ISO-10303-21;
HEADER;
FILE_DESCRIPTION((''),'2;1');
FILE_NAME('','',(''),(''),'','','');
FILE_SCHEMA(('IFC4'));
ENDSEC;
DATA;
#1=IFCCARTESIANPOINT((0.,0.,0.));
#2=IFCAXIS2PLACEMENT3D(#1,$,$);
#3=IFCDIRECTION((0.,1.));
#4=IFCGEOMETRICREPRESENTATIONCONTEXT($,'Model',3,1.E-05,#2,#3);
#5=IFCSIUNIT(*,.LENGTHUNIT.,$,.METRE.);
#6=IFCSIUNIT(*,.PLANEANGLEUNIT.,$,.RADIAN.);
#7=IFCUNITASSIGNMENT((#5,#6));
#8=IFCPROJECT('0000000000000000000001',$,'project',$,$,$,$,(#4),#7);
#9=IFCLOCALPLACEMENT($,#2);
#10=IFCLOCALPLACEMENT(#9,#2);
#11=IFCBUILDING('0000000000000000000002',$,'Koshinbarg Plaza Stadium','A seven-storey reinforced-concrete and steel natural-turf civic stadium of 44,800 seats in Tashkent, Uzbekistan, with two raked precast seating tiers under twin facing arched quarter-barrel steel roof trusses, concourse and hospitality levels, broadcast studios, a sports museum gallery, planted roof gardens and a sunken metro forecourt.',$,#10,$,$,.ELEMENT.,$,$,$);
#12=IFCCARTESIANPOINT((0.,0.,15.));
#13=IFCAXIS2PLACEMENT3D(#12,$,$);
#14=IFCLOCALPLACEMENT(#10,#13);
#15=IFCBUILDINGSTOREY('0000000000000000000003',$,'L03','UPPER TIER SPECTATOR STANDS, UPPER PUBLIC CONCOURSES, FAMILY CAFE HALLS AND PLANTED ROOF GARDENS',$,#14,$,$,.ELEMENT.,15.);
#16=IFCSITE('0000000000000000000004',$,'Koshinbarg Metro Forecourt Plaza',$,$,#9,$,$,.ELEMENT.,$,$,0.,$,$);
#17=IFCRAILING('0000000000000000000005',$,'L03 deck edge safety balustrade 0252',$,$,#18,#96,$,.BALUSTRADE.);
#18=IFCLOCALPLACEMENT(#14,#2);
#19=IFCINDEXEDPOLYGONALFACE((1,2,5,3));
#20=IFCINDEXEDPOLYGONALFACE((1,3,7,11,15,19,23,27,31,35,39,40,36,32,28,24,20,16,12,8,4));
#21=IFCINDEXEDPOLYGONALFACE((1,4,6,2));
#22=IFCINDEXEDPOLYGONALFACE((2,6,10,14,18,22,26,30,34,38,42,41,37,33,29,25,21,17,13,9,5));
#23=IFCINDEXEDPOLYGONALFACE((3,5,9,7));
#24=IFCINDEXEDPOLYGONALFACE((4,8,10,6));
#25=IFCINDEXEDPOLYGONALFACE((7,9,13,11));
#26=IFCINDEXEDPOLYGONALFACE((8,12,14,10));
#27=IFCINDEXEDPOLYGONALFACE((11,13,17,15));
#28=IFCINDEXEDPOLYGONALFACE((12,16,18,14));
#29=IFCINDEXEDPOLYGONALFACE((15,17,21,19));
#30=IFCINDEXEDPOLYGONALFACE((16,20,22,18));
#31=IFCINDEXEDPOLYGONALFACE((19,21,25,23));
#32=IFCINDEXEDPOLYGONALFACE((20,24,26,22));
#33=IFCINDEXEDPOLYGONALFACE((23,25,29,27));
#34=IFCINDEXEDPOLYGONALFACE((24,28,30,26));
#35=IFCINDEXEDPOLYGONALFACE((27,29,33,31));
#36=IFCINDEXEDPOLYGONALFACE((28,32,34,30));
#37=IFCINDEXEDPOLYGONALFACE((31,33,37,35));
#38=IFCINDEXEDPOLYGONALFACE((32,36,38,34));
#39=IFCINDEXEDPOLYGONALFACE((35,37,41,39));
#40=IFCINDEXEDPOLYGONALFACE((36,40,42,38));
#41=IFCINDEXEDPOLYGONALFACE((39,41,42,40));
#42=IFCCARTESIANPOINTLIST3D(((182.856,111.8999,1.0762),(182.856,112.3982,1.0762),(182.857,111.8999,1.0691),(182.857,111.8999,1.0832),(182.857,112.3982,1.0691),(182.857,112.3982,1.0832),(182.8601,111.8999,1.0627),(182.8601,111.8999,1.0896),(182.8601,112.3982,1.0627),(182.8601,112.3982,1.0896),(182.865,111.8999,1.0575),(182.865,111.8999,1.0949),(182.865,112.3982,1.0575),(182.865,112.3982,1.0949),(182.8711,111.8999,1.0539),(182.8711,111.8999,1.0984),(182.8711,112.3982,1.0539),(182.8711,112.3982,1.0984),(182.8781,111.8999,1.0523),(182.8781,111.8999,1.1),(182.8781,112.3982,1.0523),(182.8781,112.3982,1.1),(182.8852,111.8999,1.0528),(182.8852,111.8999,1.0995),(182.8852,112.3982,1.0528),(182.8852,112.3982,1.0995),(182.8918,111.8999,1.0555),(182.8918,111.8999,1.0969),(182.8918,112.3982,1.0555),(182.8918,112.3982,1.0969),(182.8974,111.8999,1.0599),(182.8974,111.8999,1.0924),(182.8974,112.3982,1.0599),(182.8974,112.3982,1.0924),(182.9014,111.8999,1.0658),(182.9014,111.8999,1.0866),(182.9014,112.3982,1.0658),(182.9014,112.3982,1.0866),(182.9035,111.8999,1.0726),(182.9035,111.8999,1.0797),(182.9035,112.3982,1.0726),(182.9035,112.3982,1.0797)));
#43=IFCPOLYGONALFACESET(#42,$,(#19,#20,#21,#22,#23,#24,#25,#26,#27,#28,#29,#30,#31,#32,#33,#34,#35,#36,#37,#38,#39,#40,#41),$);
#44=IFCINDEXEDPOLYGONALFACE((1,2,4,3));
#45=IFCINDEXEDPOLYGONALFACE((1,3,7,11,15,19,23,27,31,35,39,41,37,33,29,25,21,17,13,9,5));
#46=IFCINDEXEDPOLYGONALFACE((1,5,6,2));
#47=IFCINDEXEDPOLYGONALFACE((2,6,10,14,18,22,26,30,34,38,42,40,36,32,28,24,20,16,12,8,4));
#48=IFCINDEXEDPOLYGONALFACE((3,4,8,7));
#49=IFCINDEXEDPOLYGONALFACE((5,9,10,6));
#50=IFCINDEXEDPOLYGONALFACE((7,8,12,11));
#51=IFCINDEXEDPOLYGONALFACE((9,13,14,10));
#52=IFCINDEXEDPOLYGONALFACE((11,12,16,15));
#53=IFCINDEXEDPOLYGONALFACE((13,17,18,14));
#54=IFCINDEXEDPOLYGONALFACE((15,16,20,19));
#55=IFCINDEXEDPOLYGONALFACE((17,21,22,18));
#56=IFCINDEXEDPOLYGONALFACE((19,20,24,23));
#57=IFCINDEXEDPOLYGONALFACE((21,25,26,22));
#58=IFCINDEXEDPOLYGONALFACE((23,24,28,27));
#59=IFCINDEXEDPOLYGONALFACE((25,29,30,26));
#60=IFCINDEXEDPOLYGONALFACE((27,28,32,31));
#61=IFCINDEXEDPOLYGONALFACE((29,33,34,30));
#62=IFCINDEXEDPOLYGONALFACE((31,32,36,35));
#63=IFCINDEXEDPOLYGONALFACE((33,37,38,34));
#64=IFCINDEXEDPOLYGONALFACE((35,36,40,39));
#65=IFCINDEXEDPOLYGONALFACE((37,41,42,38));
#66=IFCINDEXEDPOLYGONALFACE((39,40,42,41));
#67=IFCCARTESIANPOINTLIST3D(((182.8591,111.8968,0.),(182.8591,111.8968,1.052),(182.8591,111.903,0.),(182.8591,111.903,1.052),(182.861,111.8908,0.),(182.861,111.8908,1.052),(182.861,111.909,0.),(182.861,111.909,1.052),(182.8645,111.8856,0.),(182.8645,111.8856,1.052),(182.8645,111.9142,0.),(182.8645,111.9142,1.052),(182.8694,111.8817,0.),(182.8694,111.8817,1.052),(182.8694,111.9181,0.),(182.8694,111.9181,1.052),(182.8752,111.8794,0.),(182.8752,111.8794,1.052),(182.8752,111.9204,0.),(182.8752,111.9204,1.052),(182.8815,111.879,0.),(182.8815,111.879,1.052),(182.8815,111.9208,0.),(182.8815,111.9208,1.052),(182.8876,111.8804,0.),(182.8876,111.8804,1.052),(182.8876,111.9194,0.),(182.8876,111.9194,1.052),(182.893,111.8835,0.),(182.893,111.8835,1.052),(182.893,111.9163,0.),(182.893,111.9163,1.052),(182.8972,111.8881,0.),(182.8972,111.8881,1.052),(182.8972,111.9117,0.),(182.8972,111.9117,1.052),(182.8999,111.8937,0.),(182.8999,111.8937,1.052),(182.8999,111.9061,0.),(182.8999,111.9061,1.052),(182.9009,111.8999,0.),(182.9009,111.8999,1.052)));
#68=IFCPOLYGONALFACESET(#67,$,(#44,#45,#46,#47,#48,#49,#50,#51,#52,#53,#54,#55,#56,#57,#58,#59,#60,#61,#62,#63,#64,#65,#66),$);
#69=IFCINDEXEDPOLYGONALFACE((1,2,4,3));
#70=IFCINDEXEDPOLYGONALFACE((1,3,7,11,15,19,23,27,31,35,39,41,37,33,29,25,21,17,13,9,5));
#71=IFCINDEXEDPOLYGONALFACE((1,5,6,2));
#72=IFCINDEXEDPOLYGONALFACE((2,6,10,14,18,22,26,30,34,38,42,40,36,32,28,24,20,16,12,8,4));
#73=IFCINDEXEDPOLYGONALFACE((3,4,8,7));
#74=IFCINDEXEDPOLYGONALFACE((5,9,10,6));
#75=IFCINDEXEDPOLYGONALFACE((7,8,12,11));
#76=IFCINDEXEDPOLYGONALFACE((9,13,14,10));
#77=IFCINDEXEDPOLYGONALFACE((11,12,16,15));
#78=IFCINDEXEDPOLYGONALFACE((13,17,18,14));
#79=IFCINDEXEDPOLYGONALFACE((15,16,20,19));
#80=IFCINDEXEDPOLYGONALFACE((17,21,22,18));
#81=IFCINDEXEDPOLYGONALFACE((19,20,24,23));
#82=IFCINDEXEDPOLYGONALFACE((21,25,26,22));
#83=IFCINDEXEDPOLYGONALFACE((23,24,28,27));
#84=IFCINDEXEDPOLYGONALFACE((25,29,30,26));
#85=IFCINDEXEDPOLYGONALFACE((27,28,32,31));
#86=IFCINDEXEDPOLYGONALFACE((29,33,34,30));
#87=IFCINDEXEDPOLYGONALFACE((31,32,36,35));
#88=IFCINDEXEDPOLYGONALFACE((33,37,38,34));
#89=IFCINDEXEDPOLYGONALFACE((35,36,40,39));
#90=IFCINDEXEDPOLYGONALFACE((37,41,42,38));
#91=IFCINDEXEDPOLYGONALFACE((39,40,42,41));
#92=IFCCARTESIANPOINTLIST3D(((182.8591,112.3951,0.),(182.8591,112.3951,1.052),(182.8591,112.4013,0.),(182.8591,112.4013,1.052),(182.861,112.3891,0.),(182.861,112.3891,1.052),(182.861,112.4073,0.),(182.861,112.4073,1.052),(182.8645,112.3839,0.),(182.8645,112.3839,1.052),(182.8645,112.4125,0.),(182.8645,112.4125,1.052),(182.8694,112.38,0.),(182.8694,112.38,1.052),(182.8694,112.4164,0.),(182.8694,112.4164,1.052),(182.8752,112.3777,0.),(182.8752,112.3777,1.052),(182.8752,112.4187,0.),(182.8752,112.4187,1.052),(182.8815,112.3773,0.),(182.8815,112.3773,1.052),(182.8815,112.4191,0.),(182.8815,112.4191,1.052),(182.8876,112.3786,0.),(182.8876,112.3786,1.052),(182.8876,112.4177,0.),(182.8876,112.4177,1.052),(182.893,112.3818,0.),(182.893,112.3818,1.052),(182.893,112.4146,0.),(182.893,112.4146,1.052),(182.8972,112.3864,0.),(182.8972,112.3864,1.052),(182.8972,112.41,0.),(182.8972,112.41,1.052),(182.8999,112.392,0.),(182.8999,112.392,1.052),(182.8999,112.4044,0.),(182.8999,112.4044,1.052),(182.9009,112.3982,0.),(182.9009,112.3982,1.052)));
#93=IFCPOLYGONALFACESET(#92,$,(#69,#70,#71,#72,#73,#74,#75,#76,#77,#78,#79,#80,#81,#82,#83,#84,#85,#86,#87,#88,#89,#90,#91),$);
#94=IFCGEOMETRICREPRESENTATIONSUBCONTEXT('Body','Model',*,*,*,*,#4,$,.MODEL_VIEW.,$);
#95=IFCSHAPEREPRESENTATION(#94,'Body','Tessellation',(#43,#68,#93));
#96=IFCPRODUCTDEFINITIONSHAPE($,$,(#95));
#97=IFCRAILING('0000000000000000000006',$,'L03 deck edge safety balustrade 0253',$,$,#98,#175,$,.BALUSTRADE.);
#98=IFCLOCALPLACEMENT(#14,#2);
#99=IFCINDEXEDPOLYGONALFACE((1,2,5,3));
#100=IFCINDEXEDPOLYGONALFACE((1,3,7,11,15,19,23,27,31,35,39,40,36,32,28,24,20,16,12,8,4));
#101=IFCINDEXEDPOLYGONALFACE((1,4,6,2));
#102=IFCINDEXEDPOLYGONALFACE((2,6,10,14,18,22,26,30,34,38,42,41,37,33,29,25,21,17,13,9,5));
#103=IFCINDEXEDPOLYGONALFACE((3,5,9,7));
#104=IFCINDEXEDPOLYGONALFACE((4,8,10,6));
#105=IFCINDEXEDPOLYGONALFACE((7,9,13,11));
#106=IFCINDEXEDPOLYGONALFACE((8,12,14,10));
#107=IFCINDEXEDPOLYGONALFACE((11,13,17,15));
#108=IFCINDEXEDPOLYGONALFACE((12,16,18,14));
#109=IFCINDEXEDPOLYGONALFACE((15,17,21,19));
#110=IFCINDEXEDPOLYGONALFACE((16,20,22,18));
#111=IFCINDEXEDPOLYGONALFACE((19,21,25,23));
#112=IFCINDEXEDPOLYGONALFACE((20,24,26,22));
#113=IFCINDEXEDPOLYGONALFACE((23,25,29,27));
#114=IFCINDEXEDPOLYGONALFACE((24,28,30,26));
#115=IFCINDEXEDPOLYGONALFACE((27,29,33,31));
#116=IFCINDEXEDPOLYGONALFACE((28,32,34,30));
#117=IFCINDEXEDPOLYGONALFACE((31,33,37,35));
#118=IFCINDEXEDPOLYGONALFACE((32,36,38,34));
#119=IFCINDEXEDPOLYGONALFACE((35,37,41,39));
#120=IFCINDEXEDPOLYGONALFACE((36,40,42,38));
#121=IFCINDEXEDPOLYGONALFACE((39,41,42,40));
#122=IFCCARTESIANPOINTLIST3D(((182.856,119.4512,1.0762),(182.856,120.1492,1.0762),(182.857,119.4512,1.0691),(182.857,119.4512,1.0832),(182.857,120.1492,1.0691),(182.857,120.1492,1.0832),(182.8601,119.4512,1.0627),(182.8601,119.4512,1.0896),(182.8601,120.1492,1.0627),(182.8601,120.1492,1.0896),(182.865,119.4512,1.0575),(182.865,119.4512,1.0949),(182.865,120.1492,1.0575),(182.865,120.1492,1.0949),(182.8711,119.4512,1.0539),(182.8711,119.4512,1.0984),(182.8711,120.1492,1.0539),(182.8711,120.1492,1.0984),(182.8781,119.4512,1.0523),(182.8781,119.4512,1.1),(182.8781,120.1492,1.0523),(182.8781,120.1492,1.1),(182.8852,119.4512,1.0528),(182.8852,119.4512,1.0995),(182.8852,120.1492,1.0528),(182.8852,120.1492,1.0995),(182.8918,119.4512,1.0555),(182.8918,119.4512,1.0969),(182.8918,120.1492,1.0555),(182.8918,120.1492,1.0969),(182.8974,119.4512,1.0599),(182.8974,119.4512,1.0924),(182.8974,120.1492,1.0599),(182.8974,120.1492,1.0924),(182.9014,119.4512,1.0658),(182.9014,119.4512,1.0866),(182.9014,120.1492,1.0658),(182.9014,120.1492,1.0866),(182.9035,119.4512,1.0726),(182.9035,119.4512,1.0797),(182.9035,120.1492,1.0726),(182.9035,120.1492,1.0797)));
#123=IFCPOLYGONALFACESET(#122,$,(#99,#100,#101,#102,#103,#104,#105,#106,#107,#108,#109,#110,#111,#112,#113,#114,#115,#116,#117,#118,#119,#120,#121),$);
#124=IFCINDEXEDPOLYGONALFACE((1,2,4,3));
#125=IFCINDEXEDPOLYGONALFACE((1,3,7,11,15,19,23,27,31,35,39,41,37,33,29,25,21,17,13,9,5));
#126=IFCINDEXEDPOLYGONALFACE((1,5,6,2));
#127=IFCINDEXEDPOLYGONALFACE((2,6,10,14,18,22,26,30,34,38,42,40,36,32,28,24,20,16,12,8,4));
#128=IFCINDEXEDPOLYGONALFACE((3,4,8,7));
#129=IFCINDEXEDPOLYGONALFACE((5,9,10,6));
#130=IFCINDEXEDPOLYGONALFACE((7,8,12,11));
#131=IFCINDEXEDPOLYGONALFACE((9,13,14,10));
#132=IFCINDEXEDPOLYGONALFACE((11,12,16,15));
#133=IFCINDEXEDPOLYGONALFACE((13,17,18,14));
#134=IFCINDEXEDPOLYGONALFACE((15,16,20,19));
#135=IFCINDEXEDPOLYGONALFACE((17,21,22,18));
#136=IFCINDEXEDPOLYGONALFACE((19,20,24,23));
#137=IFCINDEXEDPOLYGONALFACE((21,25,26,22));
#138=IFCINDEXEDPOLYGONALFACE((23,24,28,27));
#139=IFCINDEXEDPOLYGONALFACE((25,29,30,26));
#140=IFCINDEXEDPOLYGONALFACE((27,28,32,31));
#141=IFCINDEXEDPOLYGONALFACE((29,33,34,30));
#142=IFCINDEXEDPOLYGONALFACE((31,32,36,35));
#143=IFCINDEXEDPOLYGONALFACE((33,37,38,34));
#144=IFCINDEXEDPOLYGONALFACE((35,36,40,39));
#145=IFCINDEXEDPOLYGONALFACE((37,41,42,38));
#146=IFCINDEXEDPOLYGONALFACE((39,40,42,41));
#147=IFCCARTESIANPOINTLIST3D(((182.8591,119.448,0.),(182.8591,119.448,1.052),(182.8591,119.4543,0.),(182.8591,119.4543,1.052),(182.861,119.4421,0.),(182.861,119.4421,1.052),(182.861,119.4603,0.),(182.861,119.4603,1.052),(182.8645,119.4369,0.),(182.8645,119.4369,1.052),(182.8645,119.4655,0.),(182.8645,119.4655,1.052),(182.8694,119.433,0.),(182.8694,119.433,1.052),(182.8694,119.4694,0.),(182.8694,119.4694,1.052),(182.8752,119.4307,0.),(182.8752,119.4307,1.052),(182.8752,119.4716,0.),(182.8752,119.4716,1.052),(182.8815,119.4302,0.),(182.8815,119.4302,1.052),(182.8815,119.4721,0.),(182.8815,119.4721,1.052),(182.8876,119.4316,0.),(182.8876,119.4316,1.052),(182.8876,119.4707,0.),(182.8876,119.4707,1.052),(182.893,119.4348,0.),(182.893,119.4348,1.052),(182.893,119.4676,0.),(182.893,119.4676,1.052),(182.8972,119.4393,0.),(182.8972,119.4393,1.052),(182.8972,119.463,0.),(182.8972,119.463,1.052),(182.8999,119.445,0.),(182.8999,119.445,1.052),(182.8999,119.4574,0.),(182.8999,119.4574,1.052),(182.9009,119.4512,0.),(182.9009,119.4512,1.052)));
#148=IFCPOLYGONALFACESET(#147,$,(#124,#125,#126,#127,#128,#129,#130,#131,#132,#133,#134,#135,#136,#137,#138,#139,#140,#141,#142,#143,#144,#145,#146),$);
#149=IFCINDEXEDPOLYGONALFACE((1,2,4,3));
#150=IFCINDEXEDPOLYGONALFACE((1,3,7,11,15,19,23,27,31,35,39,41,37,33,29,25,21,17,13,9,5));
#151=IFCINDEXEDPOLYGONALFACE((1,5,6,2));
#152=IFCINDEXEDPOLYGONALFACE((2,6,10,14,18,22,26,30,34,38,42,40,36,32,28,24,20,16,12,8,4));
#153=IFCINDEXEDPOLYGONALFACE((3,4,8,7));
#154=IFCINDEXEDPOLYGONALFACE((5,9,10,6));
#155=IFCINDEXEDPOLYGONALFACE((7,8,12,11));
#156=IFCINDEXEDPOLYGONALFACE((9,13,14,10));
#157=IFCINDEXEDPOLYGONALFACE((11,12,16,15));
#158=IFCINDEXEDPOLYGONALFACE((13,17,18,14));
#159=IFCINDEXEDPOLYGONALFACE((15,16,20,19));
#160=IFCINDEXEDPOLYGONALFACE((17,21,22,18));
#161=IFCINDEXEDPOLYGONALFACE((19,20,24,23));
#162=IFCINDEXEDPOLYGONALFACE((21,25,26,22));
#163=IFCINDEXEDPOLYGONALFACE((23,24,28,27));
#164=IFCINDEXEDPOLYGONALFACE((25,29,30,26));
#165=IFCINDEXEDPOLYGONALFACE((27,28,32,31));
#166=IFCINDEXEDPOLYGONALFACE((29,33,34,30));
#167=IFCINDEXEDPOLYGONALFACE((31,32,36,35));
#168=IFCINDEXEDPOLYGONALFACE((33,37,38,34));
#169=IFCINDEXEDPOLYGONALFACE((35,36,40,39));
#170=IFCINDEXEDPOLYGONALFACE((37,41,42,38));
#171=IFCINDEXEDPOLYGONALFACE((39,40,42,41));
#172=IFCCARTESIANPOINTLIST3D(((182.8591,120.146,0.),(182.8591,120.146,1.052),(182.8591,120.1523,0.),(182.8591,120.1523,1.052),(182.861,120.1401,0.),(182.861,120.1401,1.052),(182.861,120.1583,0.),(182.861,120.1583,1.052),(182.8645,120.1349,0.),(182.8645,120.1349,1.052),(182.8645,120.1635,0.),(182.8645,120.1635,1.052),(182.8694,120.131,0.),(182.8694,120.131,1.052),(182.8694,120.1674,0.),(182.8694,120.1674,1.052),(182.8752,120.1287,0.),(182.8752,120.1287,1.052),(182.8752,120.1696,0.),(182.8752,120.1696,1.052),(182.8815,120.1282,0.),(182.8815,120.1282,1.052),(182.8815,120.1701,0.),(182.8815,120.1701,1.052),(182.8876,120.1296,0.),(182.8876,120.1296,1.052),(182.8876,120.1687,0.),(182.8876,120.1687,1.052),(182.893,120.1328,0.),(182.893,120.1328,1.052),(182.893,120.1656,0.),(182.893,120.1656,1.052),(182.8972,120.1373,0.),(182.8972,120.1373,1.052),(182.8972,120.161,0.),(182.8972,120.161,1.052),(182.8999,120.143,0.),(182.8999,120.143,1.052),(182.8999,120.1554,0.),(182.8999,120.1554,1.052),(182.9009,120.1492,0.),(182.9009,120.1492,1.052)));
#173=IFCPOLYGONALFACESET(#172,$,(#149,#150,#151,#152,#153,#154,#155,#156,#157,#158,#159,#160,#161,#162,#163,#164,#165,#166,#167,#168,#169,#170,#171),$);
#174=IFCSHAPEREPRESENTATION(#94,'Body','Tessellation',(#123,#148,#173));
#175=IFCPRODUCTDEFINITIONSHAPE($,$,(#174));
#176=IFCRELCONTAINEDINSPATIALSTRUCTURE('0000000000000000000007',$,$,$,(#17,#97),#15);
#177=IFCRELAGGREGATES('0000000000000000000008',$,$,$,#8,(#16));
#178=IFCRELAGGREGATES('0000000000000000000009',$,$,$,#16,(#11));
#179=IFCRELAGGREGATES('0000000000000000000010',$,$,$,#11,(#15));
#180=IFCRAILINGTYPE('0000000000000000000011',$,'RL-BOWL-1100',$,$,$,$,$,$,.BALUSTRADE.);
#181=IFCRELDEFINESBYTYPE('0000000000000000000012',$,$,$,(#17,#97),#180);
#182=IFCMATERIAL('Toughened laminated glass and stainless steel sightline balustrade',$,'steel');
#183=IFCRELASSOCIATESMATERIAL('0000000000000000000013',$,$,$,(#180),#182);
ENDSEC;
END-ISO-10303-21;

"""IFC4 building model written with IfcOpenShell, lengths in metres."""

from ifc_helpers import new_model, si_unit, direction, frame, origin, origin_2d, place, context, subcontext, project, spatial, circle, extrude, material, type_object, element, save


model = new_model("IFC4")

# Units and contexts
model_context = context("Model", 3, precision=1e-05, world=origin(), true_north=direction((0.0, 1.0)))
body_context = subcontext(model_context, "Body", "Model", "MODEL_VIEW")
ifc_project = project(units=[si_unit("LENGTHUNIT", "METRE"), si_unit("PLANEANGLEUNIT", "RADIAN")], contexts=[model_context])

# Site, building, storey
site_placement = place(None, origin())
site = spatial("IfcSite", under=ifc_project, at=site_placement, Name="Koshinbarg Metro Forecourt Plaza", CompositionType="ELEMENT", RefElevation=0.0)
building_placement = place(site_placement, origin())
building = spatial("IfcBuilding", under=site, at=building_placement, Name="Koshinbarg Plaza Stadium", Description="A seven-storey reinforced-concrete and steel natural-turf civic stadium of 44,800 seats in Tashkent, Uzbekistan, with two raked precast seating tiers under twin facing arched quarter-barrel steel roof trusses, concourse and hospitality levels, broadcast studios, a sports museum gallery, planted roof gardens and a sunken metro forecourt.", CompositionType="ELEMENT")
storey_placement = place(building_placement, frame((0.0, 0.0, 15.0)))
storey = spatial("IfcBuildingStorey", under=building, at=storey_placement, Name="L03", Description="UPPER TIER SPECTATOR STANDS, UPPER PUBLIC CONCOURSES, FAMILY CAFE HALLS AND PLANTED ROOF GARDENS", CompositionType="ELEMENT", Elevation=15.0)

# Railings
ifc_material_1 = material(Name="Toughened laminated glass and stainless steel sightline balustrade", Category="steel")
railing_type = type_object("IfcRailingType", Name="RL-BOWL-1100", PredefinedType="BALUSTRADE", material=ifc_material_1)
railing_1_placement = place(storey_placement, frame((182.8799, 111.8999, 0.0)))
element("IfcRailing", 1, at=railing_1_placement, inside=storey, type_object=railing_type, Name="L03 deck edge safety balustrade 0252", PredefinedType="BALUSTRADE", context=body_context, shape_type="SweptSolid", body=[
    extrude(circle(Radius=0.0239, at=origin_2d()), frame((0.0, 0.0, 1.0762), z_axis=(0.0, 1.0, 0.0), x_axis=(-1.0, 0.0, 0.0)), (0.0, 0.0, 1.0), 0.4983),
    extrude(circle(Radius=0.021, at=origin_2d()), origin(), (0.0, 0.0, 1.0), 1.052),
    extrude(circle(Radius=0.021, at=origin_2d()), frame((0.0, 0.4983, 0.0)), (0.0, 0.0, 1.0), 1.052),
])
railing_2_placement = place(storey_placement, frame((182.8799, 119.4512, 0.0)))
element("IfcRailing", 2, at=railing_2_placement, inside=storey, type_object=railing_type, Name="L03 deck edge safety balustrade 0253", PredefinedType="BALUSTRADE", context=body_context, shape_type="SweptSolid", body=[
    extrude(circle(Radius=0.0239, at=origin_2d()), frame((0.0, 0.0, 1.0762), z_axis=(0.0, 1.0, 0.0), x_axis=(-1.0, 0.0, 0.0)), (0.0, 0.0, 1.0), 0.698),
    extrude(circle(Radius=0.021, at=origin_2d()), origin(), (0.0, 0.0, 1.0), 1.052),
    extrude(circle(Radius=0.021, at=origin_2d()), frame((0.0, 0.698, 0.0)), (0.0, 0.0, 1.0), 1.052),
])

save(model, "model.ifc")
